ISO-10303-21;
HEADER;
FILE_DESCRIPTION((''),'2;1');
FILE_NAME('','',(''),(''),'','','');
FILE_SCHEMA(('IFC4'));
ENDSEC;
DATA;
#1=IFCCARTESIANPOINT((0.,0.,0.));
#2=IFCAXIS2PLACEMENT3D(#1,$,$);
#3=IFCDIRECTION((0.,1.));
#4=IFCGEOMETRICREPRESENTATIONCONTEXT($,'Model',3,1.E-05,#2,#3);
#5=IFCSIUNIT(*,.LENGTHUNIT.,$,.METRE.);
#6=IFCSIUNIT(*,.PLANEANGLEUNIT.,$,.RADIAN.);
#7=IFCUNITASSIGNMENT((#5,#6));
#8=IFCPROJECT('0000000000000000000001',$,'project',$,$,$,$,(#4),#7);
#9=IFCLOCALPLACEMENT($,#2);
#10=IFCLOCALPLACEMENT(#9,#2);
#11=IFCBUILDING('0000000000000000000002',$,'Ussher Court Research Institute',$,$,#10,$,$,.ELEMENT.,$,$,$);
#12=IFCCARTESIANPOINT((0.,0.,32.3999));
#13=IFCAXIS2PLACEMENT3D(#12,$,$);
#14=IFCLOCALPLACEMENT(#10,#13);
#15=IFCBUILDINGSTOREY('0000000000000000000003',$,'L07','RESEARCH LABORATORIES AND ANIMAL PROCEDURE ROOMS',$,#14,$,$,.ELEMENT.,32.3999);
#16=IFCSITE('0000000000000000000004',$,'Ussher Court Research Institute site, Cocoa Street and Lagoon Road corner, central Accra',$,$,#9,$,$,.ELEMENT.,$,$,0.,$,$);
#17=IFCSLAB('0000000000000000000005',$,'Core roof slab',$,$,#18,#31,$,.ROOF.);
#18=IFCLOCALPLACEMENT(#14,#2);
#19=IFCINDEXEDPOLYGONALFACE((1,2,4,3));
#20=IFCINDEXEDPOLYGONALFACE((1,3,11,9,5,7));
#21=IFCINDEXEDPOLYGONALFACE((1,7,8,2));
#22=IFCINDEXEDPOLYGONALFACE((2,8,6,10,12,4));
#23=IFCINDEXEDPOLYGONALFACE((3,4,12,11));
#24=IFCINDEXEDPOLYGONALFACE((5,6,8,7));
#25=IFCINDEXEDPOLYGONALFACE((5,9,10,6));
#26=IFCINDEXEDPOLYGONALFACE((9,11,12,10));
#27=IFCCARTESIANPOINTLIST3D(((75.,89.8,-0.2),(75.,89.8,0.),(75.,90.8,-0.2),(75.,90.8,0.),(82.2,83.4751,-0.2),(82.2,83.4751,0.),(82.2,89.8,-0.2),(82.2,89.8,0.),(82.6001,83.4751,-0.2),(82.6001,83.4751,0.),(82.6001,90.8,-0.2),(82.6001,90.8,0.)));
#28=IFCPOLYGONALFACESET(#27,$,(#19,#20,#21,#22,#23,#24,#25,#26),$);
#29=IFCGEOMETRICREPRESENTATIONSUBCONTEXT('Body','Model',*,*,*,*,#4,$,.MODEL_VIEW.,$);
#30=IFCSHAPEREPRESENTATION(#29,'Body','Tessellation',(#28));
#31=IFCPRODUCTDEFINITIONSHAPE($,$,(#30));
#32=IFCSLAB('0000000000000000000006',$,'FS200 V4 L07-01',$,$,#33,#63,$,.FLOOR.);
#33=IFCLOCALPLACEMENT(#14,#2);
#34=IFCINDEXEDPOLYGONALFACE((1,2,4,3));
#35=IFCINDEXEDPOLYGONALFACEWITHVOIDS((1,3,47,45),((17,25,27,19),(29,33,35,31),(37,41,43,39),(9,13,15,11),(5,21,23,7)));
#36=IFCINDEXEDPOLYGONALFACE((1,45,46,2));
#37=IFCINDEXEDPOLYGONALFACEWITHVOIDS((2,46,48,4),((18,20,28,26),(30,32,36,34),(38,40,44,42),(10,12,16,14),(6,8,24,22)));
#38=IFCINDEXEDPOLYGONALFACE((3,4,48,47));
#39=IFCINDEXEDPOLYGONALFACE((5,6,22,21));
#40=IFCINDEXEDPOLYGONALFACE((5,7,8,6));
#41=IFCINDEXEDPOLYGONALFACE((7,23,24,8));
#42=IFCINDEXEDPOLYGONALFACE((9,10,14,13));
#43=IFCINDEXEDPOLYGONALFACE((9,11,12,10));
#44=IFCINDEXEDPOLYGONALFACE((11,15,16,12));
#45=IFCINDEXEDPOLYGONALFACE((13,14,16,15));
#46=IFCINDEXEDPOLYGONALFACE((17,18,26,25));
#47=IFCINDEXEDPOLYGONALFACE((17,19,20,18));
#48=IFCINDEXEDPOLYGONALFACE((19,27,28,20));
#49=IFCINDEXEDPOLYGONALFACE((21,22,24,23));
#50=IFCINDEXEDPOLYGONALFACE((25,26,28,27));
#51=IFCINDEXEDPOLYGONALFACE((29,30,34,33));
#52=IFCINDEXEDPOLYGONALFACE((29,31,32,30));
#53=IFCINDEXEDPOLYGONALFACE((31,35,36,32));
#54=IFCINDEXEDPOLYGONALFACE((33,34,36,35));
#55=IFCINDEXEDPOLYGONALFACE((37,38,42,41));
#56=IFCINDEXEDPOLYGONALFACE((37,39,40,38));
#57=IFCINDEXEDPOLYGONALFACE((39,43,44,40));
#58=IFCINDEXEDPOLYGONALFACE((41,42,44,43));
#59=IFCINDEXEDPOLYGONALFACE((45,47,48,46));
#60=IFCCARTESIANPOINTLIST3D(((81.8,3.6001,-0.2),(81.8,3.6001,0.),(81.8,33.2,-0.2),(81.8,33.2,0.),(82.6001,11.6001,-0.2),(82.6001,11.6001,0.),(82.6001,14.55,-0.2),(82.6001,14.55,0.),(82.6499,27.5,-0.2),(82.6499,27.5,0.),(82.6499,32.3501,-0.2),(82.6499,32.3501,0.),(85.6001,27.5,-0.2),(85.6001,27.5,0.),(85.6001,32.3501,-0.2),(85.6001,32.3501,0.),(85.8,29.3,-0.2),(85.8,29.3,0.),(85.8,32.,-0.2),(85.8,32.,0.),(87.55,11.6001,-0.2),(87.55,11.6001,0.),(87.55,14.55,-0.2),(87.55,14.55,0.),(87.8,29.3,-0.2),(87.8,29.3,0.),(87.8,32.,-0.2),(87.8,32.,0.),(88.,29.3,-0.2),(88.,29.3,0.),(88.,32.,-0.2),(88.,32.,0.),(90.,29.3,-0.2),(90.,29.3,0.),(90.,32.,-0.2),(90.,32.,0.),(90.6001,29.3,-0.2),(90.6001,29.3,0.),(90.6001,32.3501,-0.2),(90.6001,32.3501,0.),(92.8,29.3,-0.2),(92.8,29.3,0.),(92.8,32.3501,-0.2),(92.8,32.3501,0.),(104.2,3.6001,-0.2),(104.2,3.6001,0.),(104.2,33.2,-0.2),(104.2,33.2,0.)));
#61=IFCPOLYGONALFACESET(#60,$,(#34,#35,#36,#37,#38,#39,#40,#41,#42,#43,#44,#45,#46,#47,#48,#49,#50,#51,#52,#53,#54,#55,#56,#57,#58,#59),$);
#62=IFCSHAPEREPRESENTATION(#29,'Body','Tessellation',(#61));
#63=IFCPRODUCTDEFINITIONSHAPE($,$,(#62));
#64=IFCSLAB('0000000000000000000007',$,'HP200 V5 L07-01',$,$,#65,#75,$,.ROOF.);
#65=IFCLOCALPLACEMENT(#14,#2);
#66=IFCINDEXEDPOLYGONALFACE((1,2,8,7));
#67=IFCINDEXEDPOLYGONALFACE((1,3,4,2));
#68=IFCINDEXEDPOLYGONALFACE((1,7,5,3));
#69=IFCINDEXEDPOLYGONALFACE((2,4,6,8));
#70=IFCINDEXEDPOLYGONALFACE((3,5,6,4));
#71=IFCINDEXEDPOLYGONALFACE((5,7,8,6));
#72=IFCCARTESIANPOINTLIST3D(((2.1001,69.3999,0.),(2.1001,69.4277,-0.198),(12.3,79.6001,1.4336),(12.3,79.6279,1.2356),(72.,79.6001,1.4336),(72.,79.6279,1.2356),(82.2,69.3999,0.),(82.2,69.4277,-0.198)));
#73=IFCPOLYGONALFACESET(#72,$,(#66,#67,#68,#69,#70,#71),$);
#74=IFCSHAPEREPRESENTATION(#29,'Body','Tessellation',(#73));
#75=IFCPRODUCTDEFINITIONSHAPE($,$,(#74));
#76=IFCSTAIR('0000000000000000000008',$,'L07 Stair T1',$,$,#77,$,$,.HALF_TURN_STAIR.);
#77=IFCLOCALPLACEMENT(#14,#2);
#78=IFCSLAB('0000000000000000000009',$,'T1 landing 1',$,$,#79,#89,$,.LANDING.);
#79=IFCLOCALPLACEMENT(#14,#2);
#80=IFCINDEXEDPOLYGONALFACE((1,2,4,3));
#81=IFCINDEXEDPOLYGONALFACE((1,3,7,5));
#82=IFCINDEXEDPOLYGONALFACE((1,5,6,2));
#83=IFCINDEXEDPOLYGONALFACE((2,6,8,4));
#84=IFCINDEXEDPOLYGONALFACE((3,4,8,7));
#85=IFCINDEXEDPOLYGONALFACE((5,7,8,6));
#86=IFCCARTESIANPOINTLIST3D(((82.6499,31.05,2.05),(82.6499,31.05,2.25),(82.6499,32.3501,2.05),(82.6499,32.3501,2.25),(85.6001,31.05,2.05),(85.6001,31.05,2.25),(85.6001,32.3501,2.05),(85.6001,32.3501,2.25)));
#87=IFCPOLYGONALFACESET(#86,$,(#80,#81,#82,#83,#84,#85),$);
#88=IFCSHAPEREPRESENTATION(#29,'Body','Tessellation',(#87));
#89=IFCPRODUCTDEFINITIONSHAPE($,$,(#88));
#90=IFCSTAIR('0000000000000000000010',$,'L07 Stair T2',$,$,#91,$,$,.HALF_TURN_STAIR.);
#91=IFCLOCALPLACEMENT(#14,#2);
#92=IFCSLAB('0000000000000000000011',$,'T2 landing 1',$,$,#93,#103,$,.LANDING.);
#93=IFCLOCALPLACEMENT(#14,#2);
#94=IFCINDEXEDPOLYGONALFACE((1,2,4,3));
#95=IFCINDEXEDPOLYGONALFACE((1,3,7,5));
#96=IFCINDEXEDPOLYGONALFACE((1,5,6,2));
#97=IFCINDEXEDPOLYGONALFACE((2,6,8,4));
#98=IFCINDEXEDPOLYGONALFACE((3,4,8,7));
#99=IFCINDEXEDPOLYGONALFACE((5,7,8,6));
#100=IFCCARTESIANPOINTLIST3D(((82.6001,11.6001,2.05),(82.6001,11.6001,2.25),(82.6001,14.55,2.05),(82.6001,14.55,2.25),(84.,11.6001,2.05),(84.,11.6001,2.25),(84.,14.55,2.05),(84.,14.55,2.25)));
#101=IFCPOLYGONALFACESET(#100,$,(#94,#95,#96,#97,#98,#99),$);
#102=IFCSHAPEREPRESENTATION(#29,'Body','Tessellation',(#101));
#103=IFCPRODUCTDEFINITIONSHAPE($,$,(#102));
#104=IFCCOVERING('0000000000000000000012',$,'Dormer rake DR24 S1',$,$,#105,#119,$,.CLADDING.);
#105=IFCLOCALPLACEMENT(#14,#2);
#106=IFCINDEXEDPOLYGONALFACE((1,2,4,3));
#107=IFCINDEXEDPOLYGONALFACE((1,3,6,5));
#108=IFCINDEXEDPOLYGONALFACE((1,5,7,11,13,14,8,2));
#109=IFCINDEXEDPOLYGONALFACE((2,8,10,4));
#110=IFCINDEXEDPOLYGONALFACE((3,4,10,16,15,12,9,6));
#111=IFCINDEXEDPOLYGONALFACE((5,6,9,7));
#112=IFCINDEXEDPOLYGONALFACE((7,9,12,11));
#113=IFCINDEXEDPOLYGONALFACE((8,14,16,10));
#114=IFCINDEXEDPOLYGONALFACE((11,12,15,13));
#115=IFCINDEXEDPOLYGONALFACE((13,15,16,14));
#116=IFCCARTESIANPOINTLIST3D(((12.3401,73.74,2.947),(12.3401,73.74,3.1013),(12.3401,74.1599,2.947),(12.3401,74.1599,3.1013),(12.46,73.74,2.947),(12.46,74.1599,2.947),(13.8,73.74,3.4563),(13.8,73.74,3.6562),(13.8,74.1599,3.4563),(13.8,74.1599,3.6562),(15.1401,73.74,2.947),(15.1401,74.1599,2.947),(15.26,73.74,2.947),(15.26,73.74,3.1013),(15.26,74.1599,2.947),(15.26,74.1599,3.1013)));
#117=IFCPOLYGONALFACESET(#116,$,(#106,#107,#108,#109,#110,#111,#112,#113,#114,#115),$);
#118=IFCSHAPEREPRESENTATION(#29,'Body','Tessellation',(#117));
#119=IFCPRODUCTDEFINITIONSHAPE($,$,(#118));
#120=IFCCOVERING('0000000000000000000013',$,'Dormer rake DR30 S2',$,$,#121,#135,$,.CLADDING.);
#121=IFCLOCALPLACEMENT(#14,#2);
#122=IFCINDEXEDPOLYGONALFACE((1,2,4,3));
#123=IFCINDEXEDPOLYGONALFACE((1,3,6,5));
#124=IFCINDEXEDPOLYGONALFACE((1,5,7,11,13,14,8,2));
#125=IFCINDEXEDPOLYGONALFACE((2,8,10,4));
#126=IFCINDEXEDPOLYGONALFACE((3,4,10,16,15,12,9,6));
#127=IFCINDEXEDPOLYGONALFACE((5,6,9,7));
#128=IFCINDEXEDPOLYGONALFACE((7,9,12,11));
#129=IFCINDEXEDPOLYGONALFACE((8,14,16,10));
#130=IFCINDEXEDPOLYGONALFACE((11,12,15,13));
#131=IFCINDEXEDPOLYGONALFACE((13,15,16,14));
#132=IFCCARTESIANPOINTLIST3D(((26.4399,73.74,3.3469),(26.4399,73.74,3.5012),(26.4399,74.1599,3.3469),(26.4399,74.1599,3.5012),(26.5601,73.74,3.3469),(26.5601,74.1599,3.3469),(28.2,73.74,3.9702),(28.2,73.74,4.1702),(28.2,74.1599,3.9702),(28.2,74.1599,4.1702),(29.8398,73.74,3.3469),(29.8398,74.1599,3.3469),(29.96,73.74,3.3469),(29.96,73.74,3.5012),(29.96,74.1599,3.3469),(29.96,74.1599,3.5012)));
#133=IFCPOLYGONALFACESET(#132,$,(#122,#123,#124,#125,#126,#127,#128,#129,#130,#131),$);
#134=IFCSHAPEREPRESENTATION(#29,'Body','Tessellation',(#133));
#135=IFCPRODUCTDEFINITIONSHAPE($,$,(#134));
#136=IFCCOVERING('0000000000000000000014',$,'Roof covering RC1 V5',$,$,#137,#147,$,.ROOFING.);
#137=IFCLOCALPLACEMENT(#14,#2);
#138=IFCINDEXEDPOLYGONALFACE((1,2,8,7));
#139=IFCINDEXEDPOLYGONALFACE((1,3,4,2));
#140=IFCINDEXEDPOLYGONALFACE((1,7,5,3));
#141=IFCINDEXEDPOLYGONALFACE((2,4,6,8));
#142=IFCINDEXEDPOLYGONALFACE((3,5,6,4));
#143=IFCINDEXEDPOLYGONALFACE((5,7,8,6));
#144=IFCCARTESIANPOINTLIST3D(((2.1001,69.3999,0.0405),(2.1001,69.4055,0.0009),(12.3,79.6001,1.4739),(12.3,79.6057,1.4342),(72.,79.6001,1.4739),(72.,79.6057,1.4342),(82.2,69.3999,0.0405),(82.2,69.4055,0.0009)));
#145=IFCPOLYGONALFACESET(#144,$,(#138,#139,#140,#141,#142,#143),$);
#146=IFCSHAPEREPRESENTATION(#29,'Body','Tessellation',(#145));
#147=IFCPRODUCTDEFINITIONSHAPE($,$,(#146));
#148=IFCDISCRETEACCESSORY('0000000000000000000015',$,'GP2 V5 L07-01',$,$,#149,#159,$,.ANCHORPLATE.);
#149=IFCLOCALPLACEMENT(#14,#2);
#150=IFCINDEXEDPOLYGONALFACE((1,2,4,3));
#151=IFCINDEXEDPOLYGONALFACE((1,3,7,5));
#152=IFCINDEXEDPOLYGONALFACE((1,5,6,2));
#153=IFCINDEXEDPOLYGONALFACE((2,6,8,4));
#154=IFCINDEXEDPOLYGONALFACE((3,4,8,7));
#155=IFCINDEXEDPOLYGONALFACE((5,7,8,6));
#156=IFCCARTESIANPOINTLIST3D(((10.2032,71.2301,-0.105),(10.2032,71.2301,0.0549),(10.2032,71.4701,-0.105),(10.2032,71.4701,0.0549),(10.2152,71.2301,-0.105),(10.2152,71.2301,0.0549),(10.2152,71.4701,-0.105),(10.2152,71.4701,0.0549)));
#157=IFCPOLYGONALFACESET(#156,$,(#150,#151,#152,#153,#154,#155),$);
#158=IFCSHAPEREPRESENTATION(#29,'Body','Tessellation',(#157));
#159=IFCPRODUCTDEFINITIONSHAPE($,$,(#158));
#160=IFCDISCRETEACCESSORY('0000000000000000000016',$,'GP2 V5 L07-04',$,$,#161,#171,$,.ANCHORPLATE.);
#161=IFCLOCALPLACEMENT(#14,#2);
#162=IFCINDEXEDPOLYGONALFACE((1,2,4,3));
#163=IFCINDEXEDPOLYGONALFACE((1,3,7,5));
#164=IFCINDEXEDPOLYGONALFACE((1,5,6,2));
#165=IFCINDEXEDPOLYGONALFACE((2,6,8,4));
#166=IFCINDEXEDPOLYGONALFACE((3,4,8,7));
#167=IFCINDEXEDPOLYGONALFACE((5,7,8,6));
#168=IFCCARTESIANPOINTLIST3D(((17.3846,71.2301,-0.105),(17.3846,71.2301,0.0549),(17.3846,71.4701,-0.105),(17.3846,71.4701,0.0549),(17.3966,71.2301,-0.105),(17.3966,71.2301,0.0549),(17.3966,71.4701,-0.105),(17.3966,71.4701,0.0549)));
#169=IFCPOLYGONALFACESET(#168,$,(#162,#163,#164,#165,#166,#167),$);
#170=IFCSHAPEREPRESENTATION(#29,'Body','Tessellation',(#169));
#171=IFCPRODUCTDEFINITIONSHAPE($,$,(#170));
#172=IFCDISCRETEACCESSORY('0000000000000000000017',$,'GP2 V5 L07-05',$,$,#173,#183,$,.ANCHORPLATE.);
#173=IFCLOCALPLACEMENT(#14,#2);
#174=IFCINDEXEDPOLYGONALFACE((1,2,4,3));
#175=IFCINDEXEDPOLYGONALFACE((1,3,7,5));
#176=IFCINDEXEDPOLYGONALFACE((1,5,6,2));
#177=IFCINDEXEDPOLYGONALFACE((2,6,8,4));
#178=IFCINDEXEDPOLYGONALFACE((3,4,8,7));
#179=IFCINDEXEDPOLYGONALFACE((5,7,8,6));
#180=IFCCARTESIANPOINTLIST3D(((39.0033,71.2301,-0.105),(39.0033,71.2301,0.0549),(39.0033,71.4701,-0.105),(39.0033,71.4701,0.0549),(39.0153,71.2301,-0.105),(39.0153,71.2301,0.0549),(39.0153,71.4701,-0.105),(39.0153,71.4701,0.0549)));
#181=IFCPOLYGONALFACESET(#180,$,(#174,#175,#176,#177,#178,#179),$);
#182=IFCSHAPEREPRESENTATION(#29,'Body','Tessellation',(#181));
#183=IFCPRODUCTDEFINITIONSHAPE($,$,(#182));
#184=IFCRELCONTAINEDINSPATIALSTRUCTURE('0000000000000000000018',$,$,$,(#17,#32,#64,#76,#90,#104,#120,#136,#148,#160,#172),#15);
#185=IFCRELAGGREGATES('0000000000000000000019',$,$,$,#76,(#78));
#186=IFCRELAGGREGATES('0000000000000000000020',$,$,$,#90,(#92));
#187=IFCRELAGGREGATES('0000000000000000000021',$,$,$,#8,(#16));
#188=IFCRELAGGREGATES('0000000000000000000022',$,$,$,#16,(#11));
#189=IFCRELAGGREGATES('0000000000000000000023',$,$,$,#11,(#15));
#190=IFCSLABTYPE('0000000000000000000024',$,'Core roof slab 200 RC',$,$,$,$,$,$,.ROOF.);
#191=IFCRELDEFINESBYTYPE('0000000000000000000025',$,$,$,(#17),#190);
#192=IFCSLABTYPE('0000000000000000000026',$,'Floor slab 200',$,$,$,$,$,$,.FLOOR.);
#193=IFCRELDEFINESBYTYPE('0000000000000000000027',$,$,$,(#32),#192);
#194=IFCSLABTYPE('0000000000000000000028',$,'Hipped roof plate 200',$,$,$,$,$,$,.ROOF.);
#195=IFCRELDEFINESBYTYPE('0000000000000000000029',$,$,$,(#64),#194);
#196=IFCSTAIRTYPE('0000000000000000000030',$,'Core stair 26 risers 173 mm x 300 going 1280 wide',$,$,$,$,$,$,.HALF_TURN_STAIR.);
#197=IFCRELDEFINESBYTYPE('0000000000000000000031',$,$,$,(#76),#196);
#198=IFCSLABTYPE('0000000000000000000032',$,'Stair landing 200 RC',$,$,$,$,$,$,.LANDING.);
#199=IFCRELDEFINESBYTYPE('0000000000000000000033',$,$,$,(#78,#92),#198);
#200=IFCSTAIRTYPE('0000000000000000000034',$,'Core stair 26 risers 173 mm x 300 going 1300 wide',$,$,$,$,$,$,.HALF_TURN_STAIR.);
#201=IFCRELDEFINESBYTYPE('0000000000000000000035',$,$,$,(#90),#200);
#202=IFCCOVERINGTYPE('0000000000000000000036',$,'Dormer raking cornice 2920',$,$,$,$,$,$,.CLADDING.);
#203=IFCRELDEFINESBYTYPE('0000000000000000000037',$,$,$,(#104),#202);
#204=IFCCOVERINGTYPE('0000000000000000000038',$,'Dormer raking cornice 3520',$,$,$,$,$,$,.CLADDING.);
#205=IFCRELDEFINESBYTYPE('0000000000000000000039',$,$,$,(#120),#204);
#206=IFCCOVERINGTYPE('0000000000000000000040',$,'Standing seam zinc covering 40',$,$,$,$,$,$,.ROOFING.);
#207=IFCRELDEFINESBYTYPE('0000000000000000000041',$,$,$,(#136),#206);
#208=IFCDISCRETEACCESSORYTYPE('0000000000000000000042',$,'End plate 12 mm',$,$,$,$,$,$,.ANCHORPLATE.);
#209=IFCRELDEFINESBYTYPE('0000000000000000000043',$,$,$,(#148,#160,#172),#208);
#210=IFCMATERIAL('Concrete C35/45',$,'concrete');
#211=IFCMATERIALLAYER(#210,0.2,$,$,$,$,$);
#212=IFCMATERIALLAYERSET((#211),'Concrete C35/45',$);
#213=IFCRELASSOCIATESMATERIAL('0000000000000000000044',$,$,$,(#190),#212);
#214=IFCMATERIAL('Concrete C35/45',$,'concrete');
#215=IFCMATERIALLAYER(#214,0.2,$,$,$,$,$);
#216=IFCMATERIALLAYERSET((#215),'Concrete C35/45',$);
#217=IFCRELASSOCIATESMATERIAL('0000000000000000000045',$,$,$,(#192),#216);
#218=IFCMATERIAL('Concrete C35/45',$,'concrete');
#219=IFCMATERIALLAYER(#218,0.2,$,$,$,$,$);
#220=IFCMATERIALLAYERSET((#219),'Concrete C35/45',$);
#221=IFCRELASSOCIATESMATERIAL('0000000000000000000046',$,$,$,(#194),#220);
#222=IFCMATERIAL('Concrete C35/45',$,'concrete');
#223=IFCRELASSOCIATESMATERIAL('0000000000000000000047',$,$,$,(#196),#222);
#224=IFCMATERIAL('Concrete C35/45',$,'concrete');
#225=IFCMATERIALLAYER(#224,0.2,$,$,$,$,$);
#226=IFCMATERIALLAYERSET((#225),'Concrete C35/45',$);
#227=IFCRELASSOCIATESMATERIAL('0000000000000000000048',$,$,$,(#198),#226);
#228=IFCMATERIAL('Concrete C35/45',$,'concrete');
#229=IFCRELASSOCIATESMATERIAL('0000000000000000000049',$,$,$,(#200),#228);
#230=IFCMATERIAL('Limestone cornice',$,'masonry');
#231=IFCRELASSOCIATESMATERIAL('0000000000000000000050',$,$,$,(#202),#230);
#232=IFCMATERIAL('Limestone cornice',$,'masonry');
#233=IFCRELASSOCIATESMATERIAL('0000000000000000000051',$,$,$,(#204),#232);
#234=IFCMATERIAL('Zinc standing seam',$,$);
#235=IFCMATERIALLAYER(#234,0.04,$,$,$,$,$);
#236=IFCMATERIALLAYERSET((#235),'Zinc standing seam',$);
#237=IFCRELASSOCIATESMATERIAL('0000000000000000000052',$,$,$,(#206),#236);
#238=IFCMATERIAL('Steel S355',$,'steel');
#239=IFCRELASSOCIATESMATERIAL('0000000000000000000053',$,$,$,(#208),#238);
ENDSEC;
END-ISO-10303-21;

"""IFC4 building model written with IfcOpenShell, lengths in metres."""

from ifc_helpers import new_model, si_unit, direction, frame, origin, origin_2d, place, context, subcontext, project, spatial, polyline, rectangle, outline, extrude, material, layer, layer_set, material_profile, profile_set, type_object, element, aggregate, save


model = new_model("IFC4")

# Units and contexts
model_context = context("Model", 3, precision=1e-05, world=origin(), true_north=direction((0.0, 1.0)))
body_context = subcontext(model_context, "Body", "Model", "MODEL_VIEW")
ifc_project = project(units=[si_unit("LENGTHUNIT", "METRE"), si_unit("PLANEANGLEUNIT", "RADIAN")], contexts=[model_context])

# Site, building, storey
site_placement = place(None, origin())
site = spatial("IfcSite", under=ifc_project, at=site_placement, Name="Ussher Court Research Institute site, Cocoa Street and Lagoon Road corner, central Accra", CompositionType="ELEMENT", RefElevation=0.0)
building_placement = place(site_placement, origin())
building = spatial("IfcBuilding", under=site, at=building_placement, Name="Ussher Court Research Institute", CompositionType="ELEMENT")
storey_placement = place(building_placement, frame((0.0, 0.0, 32.3999)))
storey = spatial("IfcBuildingStorey", under=building, at=storey_placement, Name="L07", Description="RESEARCH LABORATORIES AND ANIMAL PROCEDURE ROOMS", CompositionType="ELEMENT", Elevation=32.3999)

# Slabs
ifc_material_1 = material(Name="Concrete C35/45", Category="concrete")
ifc_layer_1 = layer(ifc_material_1, 0.2)
ifc_layer_set_1 = layer_set([ifc_layer_1], Name="Concrete C35/45")
slab_type_1 = type_object("IfcSlabType", Name="Core roof slab 200 RC", PredefinedType="ROOF", material=ifc_layer_set_1)
slab_1_placement = place(storey_placement, frame((0.0, 0.0, -0.2)))
element("IfcSlab", 1, at=slab_1_placement, inside=storey, type_object=slab_type_1, Name="Core roof slab", PredefinedType="ROOF", context=body_context, shape_type="SweptSolid", body=[
    extrude(outline(polyline([(82.6001, 83.4751), (82.2, 83.4751), (82.2, 89.8), (75.0, 89.8), (75.0, 90.8), (82.6001, 90.8), (82.6001, 83.4751)])), origin(), (0.0, 0.0, 1.0), 0.2),
])
ifc_material_2 = material(Name="Concrete C35/45", Category="concrete")
ifc_layer_2 = layer(ifc_material_2, 0.2)
ifc_layer_set_2 = layer_set([ifc_layer_2], Name="Concrete C35/45")
slab_type_2 = type_object("IfcSlabType", Name="Floor slab 200", PredefinedType="FLOOR", material=ifc_layer_set_2)
slab_2_placement = place(storey_placement, frame((0.0, 0.0, -0.2)))
element("IfcSlab", 2, at=slab_2_placement, inside=storey, type_object=slab_type_2, Name="FS200 V4 L07-01", PredefinedType="FLOOR", context=body_context, shape_type="SweptSolid", body=[
    extrude(outline(polyline([(81.8, 3.6001), (104.2, 3.6001), (104.2, 33.2), (81.8, 33.2), (81.8, 3.6001)]), holes=[polyline([(82.6001, 14.55), (87.55, 14.55), (87.55, 11.6001), (82.6001, 11.6001), (82.6001, 14.55)]), polyline([(85.6001, 32.3501), (85.6001, 27.5), (82.6499, 27.5), (82.6499, 32.3501), (85.6001, 32.3501)]), polyline([(85.8, 32.0), (87.8, 32.0), (87.8, 29.3), (85.8, 29.3), (85.8, 32.0)]), polyline([(90.0, 32.0), (90.0, 29.3), (88.0, 29.3), (88.0, 32.0), (90.0, 32.0)]), polyline([(92.8, 32.3501), (92.8, 29.3), (90.6001, 29.3), (90.6001, 32.3501), (92.8, 32.3501)])]), origin(), (0.0, 0.0, 1.0), 0.2),
])
ifc_material_3 = material(Name="Concrete C35/45", Category="concrete")
ifc_layer_3 = layer(ifc_material_3, 0.2)
ifc_layer_set_3 = layer_set([ifc_layer_3], Name="Concrete C35/45")
slab_type_3 = type_object("IfcSlabType", Name="Hipped roof plate 200", PredefinedType="ROOF", material=ifc_layer_set_3)
slab_3_placement = place(storey_placement, frame((2.1001, 69.3999, 0.0), z_axis=(0.0, -0.139178, 0.990267), x_axis=(1.0, 0.0, 0.0)))
element("IfcSlab", 3, at=slab_3_placement, inside=storey, type_object=slab_type_3, Name="HP200 V5 L07-01", PredefinedType="ROOF", context=body_context, shape_type="SweptSolid", body=[
    extrude(outline(polyline([(0.0, 0.0), (80.0999, 0.0), (69.8999, 10.3004), (10.2, 10.3004), (0.0, 0.0)])), origin(), (0.0, 0.0, -1.0), 0.2),
])

# Stairs, slabs
ifc_material_4 = material(Name="Concrete C35/45", Category="concrete")
stair_type_1 = type_object("IfcStairType", Name="Core stair 26 risers 173 mm x 300 going 1280 wide", PredefinedType="HALF_TURN_STAIR", material=ifc_material_4)
stair_1_placement = place(storey_placement, origin())
stair_1 = element("IfcStair", 4, at=stair_1_placement, inside=storey, type_object=stair_type_1, Name="L07 Stair T1", PredefinedType="HALF_TURN_STAIR")
ifc_material_5 = material(Name="Concrete C35/45", Category="concrete")
ifc_layer_4 = layer(ifc_material_5, 0.2)
ifc_layer_set_4 = layer_set([ifc_layer_4], Name="Concrete C35/45")
slab_type_4 = type_object("IfcSlabType", Name="Stair landing 200 RC", PredefinedType="LANDING", material=ifc_layer_set_4)
slab_4_placement = place(storey_placement, frame((0.0, 0.0, 2.05)))
slab_4 = element("IfcSlab", 5, at=slab_4_placement, type_object=slab_type_4, Name="T1 landing 1", PredefinedType="LANDING", context=body_context, shape_type="SweptSolid", body=[
    extrude(outline(polyline([(85.6001, 31.05), (85.6001, 32.3501), (82.6499, 32.3501), (82.6499, 31.05), (85.6001, 31.05)])), origin(), (0.0, 0.0, 1.0), 0.2),
])
aggregate(stair_1, [slab_4])
ifc_material_6 = material(Name="Concrete C35/45", Category="concrete")
stair_type_2 = type_object("IfcStairType", Name="Core stair 26 risers 173 mm x 300 going 1300 wide", PredefinedType="HALF_TURN_STAIR", material=ifc_material_6)
stair_2_placement = place(storey_placement, origin())
stair_2 = element("IfcStair", 6, at=stair_2_placement, inside=storey, type_object=stair_type_2, Name="L07 Stair T2", PredefinedType="HALF_TURN_STAIR")
slab_5_placement = place(storey_placement, frame((0.0, 0.0, 2.05)))
slab_5 = element("IfcSlab", 7, at=slab_5_placement, type_object=slab_type_4, Name="T2 landing 1", PredefinedType="LANDING", context=body_context, shape_type="SweptSolid", body=[
    extrude(outline(polyline([(84.0, 14.55), (82.6001, 14.55), (82.6001, 11.6001), (84.0, 11.6001), (84.0, 14.55)])), origin(), (0.0, 0.0, 1.0), 0.2),
])
aggregate(stair_2, [slab_5])

# Coverings
ifc_material_7 = material(Name="Limestone cornice", Category="masonry")
covering_type_1 = type_object("IfcCoveringType", Name="Dormer raking cornice 2920", PredefinedType="CLADDING", material=ifc_material_7)
covering_1_placement = place(storey_placement, frame((13.8, 73.74, 2.947), z_axis=(0.0, 1.0, 0.0), x_axis=(-1.0, 0.0, 0.0)))
element("IfcCovering", 8, at=covering_1_placement, inside=storey, type_object=covering_type_1, Name="Dormer rake DR24 S1", PredefinedType="CLADDING", context=body_context, shape_type="SweptSolid", body=[
    extrude(outline(polyline([(1.46, 0.0), (1.46, 0.1543), (0.0, 0.7092), (-1.46, 0.1543), (-1.46, 0.0), (-1.3401, 0.0), (0.0, 0.5093), (1.3401, 0.0), (1.46, 0.0)])), origin(), (0.0, 0.0, 1.0), 0.4199),
])
ifc_material_8 = material(Name="Limestone cornice", Category="masonry")
covering_type_2 = type_object("IfcCoveringType", Name="Dormer raking cornice 3520", PredefinedType="CLADDING", material=ifc_material_8)
covering_2_placement = place(storey_placement, frame((28.2, 73.74, 3.3469), z_axis=(0.0, 1.0, 0.0), x_axis=(-1.0, 0.0, 0.0)))
element("IfcCovering", 9, at=covering_2_placement, inside=storey, type_object=covering_type_2, Name="Dormer rake DR30 S2", PredefinedType="CLADDING", context=body_context, shape_type="SweptSolid", body=[
    extrude(outline(polyline([(1.76, 0.0), (1.76, 0.1543), (0.0, 0.8232), (-1.76, 0.1543), (-1.76, 0.0), (-1.6399, 0.0), (0.0, 0.6233), (1.6399, 0.0), (1.76, 0.0)])), origin(), (0.0, 0.0, 1.0), 0.4199),
])
ifc_material_9 = material(Name="Zinc standing seam")
ifc_layer_5 = layer(ifc_material_9, 0.04)
ifc_layer_set_5 = layer_set([ifc_layer_5], Name="Zinc standing seam")
covering_type_3 = type_object("IfcCoveringType", Name="Standing seam zinc covering 40", PredefinedType="ROOFING", material=ifc_layer_set_5)
covering_3_placement = place(storey_placement, frame((2.1001, 69.3999, 0.0405), z_axis=(0.0, -0.139155, 0.990271), x_axis=(1.0, 0.0, 0.0)))
element("IfcCovering", 10, at=covering_3_placement, inside=storey, type_object=covering_type_3, Name="Roof covering RC1 V5", PredefinedType="ROOFING", context=body_context, shape_type="SweptSolid", body=[
    extrude(outline(polyline([(0.0, 0.0), (80.0999, 0.0), (69.8999, 10.3004), (10.2, 10.3004), (0.0, 0.0)])), origin(), (0.0, 0.0, -1.0), 0.04),
])

# Discrete accessories
ifc_material_10 = material(Name="Steel S355", Category="steel")
ifc_material_profile_1 = material_profile(ifc_material_10, rectangle(XDim=0.012, YDim=0.24, at=origin_2d()), Name="PL 12x240")
ifc_profile_set_1 = profile_set([ifc_material_profile_1], Name="Steel S355")
discrete_accessory_type_1 = type_object("IfcDiscreteAccessoryType", Name="End plate 12 mm", PredefinedType="ANCHORPLATE", material=ifc_profile_set_1)
for number, where, z_axis, x_axis, name in (
    (11, (10.2092, 71.3501, -0.105), (0.0, 0.0, 1.0), (1.0, 0.0, 0.0), "GP2 V5 L07-01"),
    (12, (17.3906, 71.3501, -0.105), (0.0, 0.0, 1.0), (1.0, 0.0, 0.0), "GP2 V5 L07-04"),
    (13, (39.0093, 71.3501, -0.105), (0.0, 0.0, 1.0), (1.0, 0.0, 0.0), "GP2 V5 L07-05"),
):
    element("IfcDiscreteAccessory", number, at=place(storey_placement, frame(where, z_axis=z_axis, x_axis=x_axis)), inside=storey, type_object=discrete_accessory_type_1, Name=name, PredefinedType="ANCHORPLATE", context=body_context, shape_type="SweptSolid", body=[
        extrude(rectangle(XDim=0.012, YDim=0.24, at=origin_2d()), origin(), (0.0, 0.0, 1.0), 0.1599),
    ])

save(model, "model.ifc")
